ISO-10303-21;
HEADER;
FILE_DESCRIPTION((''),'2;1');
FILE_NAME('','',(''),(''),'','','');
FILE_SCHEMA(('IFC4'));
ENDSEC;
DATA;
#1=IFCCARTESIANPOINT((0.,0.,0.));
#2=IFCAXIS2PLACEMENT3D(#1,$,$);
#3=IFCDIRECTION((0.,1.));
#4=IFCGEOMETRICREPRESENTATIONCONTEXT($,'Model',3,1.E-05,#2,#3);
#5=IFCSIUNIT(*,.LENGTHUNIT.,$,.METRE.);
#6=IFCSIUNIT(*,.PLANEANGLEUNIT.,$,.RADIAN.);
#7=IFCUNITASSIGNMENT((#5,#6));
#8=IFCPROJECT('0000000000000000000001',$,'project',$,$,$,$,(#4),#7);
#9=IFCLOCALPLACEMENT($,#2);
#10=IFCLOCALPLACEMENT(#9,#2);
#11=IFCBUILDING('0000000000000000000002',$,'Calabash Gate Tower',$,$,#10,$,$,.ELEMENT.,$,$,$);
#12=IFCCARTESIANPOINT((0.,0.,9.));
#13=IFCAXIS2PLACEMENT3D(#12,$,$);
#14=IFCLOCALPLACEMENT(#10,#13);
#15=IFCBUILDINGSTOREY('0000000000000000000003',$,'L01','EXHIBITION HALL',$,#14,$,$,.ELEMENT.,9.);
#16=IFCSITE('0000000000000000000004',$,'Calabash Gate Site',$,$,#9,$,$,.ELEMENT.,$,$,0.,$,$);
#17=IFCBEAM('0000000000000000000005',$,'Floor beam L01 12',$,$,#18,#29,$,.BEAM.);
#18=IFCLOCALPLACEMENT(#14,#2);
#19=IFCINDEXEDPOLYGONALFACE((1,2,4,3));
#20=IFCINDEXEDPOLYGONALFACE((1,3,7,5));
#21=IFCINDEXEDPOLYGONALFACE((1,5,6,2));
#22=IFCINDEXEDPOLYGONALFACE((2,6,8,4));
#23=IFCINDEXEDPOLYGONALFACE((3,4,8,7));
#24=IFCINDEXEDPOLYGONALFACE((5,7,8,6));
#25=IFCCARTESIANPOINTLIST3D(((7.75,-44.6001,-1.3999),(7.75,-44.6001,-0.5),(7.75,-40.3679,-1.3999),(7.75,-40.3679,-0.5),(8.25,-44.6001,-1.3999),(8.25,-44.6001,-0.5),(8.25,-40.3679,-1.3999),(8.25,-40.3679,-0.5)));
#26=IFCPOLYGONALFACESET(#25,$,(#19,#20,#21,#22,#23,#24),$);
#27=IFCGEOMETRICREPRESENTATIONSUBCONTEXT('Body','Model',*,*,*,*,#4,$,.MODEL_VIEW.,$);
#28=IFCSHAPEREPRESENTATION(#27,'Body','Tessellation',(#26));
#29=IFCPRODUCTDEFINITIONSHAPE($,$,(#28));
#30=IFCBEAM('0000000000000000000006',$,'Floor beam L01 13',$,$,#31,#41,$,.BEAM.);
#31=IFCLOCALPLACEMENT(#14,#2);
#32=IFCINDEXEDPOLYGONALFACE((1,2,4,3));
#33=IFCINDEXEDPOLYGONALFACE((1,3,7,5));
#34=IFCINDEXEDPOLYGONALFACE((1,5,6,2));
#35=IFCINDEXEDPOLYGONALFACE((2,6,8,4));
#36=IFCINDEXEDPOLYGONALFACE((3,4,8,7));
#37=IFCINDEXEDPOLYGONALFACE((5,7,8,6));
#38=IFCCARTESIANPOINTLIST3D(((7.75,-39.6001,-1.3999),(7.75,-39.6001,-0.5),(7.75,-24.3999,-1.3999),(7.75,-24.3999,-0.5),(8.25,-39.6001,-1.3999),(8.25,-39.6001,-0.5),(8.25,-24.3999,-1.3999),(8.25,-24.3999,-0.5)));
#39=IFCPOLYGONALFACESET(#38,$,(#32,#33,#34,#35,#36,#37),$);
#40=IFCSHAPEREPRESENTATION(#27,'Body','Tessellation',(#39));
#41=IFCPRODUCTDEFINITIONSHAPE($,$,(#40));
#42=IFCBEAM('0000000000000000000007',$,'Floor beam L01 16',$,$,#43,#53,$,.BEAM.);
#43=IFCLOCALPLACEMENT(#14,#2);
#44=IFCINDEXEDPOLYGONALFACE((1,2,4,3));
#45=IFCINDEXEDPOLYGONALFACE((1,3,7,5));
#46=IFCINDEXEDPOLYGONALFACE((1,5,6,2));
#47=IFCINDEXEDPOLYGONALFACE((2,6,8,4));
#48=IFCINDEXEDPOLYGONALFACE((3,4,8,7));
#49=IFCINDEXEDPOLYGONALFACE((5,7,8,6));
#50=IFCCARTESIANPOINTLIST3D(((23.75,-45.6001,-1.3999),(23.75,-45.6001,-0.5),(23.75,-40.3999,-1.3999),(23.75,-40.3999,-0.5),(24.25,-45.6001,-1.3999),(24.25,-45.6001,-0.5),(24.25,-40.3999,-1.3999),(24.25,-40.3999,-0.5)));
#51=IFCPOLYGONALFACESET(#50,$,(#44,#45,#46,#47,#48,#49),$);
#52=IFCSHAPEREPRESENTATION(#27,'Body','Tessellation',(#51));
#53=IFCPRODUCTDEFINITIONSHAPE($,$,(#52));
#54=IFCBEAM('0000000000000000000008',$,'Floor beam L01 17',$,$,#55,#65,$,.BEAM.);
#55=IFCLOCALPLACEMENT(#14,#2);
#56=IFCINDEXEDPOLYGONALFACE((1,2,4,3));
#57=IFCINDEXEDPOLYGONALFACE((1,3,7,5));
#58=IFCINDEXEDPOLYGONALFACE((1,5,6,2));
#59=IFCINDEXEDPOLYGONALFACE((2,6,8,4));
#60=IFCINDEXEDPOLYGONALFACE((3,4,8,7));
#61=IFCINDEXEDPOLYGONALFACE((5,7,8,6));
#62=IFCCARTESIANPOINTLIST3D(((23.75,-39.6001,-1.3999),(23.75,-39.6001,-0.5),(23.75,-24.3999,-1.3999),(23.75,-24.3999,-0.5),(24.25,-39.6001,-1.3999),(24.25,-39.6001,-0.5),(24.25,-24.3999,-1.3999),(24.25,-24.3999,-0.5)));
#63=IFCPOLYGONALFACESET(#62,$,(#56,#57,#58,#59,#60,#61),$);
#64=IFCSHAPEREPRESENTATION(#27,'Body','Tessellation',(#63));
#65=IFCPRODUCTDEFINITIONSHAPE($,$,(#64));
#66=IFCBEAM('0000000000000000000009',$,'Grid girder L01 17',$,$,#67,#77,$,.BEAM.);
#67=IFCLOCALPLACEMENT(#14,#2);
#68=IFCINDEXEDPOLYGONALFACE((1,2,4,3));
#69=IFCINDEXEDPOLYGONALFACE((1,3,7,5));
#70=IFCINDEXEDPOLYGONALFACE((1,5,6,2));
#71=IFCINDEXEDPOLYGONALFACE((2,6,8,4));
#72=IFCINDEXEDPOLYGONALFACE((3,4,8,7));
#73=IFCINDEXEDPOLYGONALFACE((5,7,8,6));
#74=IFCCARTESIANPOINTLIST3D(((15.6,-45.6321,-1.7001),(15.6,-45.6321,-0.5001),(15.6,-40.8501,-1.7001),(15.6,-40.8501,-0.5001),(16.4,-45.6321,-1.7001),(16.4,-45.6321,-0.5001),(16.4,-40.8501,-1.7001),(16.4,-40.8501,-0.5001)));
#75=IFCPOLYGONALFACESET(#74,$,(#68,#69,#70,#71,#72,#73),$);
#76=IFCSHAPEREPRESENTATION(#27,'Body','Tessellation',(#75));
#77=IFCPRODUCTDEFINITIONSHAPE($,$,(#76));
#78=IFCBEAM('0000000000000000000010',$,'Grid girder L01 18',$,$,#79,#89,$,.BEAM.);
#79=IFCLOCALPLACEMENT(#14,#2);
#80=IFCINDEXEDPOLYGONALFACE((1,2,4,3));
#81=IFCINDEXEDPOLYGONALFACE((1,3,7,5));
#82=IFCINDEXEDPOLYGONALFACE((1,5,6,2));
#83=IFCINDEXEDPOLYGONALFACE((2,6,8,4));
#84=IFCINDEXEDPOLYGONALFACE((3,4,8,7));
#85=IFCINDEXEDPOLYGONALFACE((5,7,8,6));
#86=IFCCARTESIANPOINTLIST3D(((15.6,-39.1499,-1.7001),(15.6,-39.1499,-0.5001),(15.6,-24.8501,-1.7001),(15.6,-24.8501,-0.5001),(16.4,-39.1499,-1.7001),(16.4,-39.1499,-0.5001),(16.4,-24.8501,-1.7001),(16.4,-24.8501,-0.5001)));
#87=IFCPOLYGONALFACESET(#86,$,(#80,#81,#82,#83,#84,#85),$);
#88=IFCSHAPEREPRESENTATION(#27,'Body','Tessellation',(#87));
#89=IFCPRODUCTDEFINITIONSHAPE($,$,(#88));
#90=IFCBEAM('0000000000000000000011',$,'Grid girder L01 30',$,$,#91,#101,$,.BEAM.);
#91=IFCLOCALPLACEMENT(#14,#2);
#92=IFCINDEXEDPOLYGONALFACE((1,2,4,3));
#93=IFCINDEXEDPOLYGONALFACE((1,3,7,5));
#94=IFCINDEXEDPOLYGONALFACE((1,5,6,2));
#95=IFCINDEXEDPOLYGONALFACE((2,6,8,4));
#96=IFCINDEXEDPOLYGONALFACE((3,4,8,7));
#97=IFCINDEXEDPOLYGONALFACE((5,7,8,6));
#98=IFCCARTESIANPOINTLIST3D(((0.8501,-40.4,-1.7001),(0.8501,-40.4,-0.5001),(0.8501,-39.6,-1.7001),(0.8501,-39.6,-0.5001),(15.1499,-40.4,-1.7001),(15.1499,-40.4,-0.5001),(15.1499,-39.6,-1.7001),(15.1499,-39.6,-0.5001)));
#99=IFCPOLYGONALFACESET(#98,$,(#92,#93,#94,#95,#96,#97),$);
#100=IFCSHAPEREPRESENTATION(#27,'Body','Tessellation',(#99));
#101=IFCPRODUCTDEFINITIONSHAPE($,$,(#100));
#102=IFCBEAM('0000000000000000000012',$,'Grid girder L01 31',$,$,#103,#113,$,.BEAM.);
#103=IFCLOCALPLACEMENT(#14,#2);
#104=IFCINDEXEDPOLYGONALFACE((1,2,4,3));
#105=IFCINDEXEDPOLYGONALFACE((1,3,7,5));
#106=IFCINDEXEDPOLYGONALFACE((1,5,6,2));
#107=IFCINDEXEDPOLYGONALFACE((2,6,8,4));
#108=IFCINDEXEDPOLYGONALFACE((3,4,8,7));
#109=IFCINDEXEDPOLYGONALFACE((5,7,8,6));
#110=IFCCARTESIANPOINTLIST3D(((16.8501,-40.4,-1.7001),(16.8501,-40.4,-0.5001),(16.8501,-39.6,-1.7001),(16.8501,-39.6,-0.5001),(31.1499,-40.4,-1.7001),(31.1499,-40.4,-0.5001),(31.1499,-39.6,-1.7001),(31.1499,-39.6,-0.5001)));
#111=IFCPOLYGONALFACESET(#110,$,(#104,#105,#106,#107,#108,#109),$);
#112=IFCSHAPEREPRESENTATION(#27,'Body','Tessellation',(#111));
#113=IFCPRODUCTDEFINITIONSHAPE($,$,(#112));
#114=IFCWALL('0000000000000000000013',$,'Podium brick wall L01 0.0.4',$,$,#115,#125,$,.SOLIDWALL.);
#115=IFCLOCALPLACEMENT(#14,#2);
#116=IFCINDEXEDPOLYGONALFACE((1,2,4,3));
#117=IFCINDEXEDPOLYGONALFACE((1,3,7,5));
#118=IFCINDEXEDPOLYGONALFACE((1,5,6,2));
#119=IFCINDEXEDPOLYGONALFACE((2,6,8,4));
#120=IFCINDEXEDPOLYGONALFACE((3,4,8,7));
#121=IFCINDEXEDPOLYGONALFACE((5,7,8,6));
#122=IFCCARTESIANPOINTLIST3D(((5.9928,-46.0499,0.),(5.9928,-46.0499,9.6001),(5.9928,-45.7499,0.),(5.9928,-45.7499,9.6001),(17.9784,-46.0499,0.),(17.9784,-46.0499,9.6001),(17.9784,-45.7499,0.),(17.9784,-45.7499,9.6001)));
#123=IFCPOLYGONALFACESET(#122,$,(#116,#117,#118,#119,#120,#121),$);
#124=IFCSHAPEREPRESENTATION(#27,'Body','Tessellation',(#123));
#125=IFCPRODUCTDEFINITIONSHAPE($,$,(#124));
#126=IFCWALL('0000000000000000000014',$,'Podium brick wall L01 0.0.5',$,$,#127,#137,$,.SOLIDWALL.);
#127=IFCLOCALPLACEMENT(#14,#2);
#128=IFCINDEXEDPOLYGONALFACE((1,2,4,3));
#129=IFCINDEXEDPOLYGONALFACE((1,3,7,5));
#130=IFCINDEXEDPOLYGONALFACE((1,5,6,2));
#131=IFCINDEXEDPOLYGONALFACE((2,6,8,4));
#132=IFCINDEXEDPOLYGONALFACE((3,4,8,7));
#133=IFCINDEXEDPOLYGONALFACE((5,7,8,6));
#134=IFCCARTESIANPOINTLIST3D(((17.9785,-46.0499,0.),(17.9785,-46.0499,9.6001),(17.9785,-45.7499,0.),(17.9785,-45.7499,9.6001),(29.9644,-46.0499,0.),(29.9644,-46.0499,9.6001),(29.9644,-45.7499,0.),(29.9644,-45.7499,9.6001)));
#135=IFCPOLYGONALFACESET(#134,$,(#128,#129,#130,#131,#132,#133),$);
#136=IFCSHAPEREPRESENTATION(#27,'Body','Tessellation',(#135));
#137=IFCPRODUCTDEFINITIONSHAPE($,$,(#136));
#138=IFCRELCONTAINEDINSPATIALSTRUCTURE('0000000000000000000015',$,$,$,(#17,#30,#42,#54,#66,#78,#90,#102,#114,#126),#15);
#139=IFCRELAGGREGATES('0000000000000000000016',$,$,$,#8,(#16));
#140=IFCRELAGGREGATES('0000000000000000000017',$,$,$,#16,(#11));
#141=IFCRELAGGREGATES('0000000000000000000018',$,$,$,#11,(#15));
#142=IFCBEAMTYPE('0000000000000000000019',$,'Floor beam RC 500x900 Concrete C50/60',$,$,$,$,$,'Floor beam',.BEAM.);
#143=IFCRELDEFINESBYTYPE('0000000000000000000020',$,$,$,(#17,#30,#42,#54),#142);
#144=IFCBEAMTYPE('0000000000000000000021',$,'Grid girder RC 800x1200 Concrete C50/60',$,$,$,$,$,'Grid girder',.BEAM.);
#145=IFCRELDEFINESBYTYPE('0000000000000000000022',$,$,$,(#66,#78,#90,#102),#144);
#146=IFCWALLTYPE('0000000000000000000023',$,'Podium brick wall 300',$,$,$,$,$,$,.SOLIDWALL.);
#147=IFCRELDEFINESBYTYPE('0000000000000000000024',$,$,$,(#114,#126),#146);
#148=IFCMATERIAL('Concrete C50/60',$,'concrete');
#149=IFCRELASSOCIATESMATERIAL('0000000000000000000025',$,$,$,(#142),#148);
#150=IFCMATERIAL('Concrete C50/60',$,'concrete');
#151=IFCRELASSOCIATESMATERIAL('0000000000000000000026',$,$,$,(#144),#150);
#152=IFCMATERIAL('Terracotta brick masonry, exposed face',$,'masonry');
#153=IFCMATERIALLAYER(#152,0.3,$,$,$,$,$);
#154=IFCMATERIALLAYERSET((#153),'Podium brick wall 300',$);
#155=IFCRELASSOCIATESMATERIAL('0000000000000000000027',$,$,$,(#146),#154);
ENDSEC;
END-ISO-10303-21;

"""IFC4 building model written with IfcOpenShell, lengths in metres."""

from ifc_helpers import new_model, si_unit, direction, frame, frame_2d, origin, origin_2d, place, context, subcontext, project, spatial, rectangle, extrude, material, layer, layer_set, material_profile, profile_set, type_object, element, save


model = new_model("IFC4")

# Units and contexts
model_context = context("Model", 3, precision=1e-05, world=origin(), true_north=direction((0.0, 1.0)))
body_context = subcontext(model_context, "Body", "Model", "MODEL_VIEW")
ifc_project = project(units=[si_unit("LENGTHUNIT", "METRE"), si_unit("PLANEANGLEUNIT", "RADIAN")], contexts=[model_context])

# Site, building, storey
site_placement = place(None, origin())
site = spatial("IfcSite", under=ifc_project, at=site_placement, Name="Calabash Gate Site", CompositionType="ELEMENT", RefElevation=0.0)
building_placement = place(site_placement, origin())
building = spatial("IfcBuilding", under=site, at=building_placement, Name="Calabash Gate Tower", CompositionType="ELEMENT")
storey_placement = place(building_placement, frame((0.0, 0.0, 9.0)))
storey = spatial("IfcBuildingStorey", under=building, at=storey_placement, Name="L01", Description="EXHIBITION HALL", CompositionType="ELEMENT", Elevation=9.0)

# Beams
ifc_material_1 = material(Name="Concrete C50/60", Category="concrete")
ifc_material_profile_1 = material_profile(ifc_material_1, rectangle(XDim=0.5, YDim=0.8999, at=origin_2d()))
ifc_profile_set_1 = profile_set([ifc_material_profile_1], Name="Concrete C50/60")
beam_type_1 = type_object("IfcBeamType", Name="Floor beam RC 500x900 Concrete C50/60", ElementType="Floor beam", PredefinedType="BEAM", material=ifc_profile_set_1)
beam_1_placement = place(storey_placement, frame((8.0, -44.6001, -0.95), z_axis=(0.0, 1.0, 0.0), x_axis=(-1.0, 0.0, 0.0)))
element("IfcBeam", 1, at=beam_1_placement, inside=storey, type_object=beam_type_1, Name="Floor beam L01 12", PredefinedType="BEAM", context=body_context, shape_type="SweptSolid", body=[
    extrude(rectangle(XDim=0.5, YDim=0.8999, at=origin_2d()), origin(), (0.0, 0.0, 1.0), 4.2322),
])
beam_2_placement = place(storey_placement, frame((8.0, -39.6001, -0.95), z_axis=(0.0, 1.0, 0.0), x_axis=(-1.0, 0.0, 0.0)))
element("IfcBeam", 2, at=beam_2_placement, inside=storey, type_object=beam_type_1, Name="Floor beam L01 13", PredefinedType="BEAM", context=body_context, shape_type="SweptSolid", body=[
    extrude(rectangle(XDim=0.5, YDim=0.8999, at=origin_2d()), origin(), (0.0, 0.0, 1.0), 15.2002),
])
beam_3_placement = place(storey_placement, frame((24.0, -45.6001, -0.95), z_axis=(0.0, 1.0, 0.0), x_axis=(-1.0, 0.0, 0.0)))
element("IfcBeam", 3, at=beam_3_placement, inside=storey, type_object=beam_type_1, Name="Floor beam L01 16", PredefinedType="BEAM", context=body_context, shape_type="SweptSolid", body=[
    extrude(rectangle(XDim=0.5, YDim=0.8999, at=origin_2d()), origin(), (0.0, 0.0, 1.0), 5.2002),
])
beam_4_placement = place(storey_placement, frame((24.0, -39.6001, -0.95), z_axis=(0.0, 1.0, 0.0), x_axis=(-1.0, 0.0, 0.0)))
element("IfcBeam", 4, at=beam_4_placement, inside=storey, type_object=beam_type_1, Name="Floor beam L01 17", PredefinedType="BEAM", context=body_context, shape_type="SweptSolid", body=[
    extrude(rectangle(XDim=0.5, YDim=0.8999, at=origin_2d()), origin(), (0.0, 0.0, 1.0), 15.2002),
])
ifc_material_2 = material(Name="Concrete C50/60", Category="concrete")
ifc_material_profile_2 = material_profile(ifc_material_2, rectangle(XDim=0.8, YDim=1.2, at=origin_2d()))
ifc_profile_set_2 = profile_set([ifc_material_profile_2], Name="Concrete C50/60")
beam_type_2 = type_object("IfcBeamType", Name="Grid girder RC 800x1200 Concrete C50/60", ElementType="Grid girder", PredefinedType="BEAM", material=ifc_profile_set_2)
beam_5_placement = place(storey_placement, frame((16.0, -45.6321, -1.1001), z_axis=(0.0, 1.0, 0.0), x_axis=(-1.0, 0.0, 0.0)))
element("IfcBeam", 5, at=beam_5_placement, inside=storey, type_object=beam_type_2, Name="Grid girder L01 17", PredefinedType="BEAM", context=body_context, shape_type="SweptSolid", body=[
    extrude(rectangle(XDim=0.8, YDim=1.2, at=origin_2d()), origin(), (0.0, 0.0, 1.0), 4.782),
])
for number, where, z_axis, x_axis, name in (
    (6, (16.0, -39.1499, -1.1001), (0.0, 1.0, 0.0), (-1.0, 0.0, 0.0), "Grid girder L01 18"),
    (7, (0.8501, -40.0, -1.1001), (1.0, 0.0, 0.0), (0.0, 1.0, 0.0), "Grid girder L01 30"),
    (8, (16.8501, -40.0, -1.1001), (1.0, 0.0, 0.0), (0.0, 1.0, 0.0), "Grid girder L01 31"),
):
    element("IfcBeam", number, at=place(storey_placement, frame(where, z_axis=z_axis, x_axis=x_axis)), inside=storey, type_object=beam_type_2, Name=name, PredefinedType="BEAM", context=body_context, shape_type="SweptSolid", body=[
        extrude(rectangle(XDim=0.8, YDim=1.2, at=origin_2d()), origin(), (0.0, 0.0, 1.0), 14.2998),
    ])

# Walls
ifc_material_3 = material(Name="Terracotta brick masonry, exposed face", Category="masonry")
ifc_layer = layer(ifc_material_3, 0.3)
ifc_layer_set = layer_set([ifc_layer], Name="Podium brick wall 300")
wall_type = type_object("IfcWallType", Name="Podium brick wall 300", PredefinedType="SOLIDWALL", material=ifc_layer_set)
wall_1_placement = place(storey_placement, frame((5.9929, -45.8999, 0.0), z_axis=(0.0, 0.0, 1.0), x_axis=(1.0, 0.0, 0.0)))
element("IfcWall", 9, at=wall_1_placement, inside=storey, type_object=wall_type, Name="Podium brick wall L01 0.0.4", PredefinedType="SOLIDWALL", context=body_context, shape_type="SweptSolid", body=[
    extrude(rectangle(XDim=11.9856, YDim=0.3, at=frame_2d((5.9927, 0.0))), origin(), (0.0, 0.0, 1.0), 9.6001),
])
wall_2_placement = place(storey_placement, frame((17.9785, -45.8999, 0.0), z_axis=(0.0, 0.0, 1.0), x_axis=(1.0, 0.0, 0.0)))
element("IfcWall", 10, at=wall_2_placement, inside=storey, type_object=wall_type, Name="Podium brick wall L01 0.0.5", PredefinedType="SOLIDWALL", context=body_context, shape_type="SweptSolid", body=[
    extrude(rectangle(XDim=11.9858, YDim=0.3, at=frame_2d((5.9929, 0.0))), origin(), (0.0, 0.0, 1.0), 9.6001),
])

save(model, "model.ifc")
